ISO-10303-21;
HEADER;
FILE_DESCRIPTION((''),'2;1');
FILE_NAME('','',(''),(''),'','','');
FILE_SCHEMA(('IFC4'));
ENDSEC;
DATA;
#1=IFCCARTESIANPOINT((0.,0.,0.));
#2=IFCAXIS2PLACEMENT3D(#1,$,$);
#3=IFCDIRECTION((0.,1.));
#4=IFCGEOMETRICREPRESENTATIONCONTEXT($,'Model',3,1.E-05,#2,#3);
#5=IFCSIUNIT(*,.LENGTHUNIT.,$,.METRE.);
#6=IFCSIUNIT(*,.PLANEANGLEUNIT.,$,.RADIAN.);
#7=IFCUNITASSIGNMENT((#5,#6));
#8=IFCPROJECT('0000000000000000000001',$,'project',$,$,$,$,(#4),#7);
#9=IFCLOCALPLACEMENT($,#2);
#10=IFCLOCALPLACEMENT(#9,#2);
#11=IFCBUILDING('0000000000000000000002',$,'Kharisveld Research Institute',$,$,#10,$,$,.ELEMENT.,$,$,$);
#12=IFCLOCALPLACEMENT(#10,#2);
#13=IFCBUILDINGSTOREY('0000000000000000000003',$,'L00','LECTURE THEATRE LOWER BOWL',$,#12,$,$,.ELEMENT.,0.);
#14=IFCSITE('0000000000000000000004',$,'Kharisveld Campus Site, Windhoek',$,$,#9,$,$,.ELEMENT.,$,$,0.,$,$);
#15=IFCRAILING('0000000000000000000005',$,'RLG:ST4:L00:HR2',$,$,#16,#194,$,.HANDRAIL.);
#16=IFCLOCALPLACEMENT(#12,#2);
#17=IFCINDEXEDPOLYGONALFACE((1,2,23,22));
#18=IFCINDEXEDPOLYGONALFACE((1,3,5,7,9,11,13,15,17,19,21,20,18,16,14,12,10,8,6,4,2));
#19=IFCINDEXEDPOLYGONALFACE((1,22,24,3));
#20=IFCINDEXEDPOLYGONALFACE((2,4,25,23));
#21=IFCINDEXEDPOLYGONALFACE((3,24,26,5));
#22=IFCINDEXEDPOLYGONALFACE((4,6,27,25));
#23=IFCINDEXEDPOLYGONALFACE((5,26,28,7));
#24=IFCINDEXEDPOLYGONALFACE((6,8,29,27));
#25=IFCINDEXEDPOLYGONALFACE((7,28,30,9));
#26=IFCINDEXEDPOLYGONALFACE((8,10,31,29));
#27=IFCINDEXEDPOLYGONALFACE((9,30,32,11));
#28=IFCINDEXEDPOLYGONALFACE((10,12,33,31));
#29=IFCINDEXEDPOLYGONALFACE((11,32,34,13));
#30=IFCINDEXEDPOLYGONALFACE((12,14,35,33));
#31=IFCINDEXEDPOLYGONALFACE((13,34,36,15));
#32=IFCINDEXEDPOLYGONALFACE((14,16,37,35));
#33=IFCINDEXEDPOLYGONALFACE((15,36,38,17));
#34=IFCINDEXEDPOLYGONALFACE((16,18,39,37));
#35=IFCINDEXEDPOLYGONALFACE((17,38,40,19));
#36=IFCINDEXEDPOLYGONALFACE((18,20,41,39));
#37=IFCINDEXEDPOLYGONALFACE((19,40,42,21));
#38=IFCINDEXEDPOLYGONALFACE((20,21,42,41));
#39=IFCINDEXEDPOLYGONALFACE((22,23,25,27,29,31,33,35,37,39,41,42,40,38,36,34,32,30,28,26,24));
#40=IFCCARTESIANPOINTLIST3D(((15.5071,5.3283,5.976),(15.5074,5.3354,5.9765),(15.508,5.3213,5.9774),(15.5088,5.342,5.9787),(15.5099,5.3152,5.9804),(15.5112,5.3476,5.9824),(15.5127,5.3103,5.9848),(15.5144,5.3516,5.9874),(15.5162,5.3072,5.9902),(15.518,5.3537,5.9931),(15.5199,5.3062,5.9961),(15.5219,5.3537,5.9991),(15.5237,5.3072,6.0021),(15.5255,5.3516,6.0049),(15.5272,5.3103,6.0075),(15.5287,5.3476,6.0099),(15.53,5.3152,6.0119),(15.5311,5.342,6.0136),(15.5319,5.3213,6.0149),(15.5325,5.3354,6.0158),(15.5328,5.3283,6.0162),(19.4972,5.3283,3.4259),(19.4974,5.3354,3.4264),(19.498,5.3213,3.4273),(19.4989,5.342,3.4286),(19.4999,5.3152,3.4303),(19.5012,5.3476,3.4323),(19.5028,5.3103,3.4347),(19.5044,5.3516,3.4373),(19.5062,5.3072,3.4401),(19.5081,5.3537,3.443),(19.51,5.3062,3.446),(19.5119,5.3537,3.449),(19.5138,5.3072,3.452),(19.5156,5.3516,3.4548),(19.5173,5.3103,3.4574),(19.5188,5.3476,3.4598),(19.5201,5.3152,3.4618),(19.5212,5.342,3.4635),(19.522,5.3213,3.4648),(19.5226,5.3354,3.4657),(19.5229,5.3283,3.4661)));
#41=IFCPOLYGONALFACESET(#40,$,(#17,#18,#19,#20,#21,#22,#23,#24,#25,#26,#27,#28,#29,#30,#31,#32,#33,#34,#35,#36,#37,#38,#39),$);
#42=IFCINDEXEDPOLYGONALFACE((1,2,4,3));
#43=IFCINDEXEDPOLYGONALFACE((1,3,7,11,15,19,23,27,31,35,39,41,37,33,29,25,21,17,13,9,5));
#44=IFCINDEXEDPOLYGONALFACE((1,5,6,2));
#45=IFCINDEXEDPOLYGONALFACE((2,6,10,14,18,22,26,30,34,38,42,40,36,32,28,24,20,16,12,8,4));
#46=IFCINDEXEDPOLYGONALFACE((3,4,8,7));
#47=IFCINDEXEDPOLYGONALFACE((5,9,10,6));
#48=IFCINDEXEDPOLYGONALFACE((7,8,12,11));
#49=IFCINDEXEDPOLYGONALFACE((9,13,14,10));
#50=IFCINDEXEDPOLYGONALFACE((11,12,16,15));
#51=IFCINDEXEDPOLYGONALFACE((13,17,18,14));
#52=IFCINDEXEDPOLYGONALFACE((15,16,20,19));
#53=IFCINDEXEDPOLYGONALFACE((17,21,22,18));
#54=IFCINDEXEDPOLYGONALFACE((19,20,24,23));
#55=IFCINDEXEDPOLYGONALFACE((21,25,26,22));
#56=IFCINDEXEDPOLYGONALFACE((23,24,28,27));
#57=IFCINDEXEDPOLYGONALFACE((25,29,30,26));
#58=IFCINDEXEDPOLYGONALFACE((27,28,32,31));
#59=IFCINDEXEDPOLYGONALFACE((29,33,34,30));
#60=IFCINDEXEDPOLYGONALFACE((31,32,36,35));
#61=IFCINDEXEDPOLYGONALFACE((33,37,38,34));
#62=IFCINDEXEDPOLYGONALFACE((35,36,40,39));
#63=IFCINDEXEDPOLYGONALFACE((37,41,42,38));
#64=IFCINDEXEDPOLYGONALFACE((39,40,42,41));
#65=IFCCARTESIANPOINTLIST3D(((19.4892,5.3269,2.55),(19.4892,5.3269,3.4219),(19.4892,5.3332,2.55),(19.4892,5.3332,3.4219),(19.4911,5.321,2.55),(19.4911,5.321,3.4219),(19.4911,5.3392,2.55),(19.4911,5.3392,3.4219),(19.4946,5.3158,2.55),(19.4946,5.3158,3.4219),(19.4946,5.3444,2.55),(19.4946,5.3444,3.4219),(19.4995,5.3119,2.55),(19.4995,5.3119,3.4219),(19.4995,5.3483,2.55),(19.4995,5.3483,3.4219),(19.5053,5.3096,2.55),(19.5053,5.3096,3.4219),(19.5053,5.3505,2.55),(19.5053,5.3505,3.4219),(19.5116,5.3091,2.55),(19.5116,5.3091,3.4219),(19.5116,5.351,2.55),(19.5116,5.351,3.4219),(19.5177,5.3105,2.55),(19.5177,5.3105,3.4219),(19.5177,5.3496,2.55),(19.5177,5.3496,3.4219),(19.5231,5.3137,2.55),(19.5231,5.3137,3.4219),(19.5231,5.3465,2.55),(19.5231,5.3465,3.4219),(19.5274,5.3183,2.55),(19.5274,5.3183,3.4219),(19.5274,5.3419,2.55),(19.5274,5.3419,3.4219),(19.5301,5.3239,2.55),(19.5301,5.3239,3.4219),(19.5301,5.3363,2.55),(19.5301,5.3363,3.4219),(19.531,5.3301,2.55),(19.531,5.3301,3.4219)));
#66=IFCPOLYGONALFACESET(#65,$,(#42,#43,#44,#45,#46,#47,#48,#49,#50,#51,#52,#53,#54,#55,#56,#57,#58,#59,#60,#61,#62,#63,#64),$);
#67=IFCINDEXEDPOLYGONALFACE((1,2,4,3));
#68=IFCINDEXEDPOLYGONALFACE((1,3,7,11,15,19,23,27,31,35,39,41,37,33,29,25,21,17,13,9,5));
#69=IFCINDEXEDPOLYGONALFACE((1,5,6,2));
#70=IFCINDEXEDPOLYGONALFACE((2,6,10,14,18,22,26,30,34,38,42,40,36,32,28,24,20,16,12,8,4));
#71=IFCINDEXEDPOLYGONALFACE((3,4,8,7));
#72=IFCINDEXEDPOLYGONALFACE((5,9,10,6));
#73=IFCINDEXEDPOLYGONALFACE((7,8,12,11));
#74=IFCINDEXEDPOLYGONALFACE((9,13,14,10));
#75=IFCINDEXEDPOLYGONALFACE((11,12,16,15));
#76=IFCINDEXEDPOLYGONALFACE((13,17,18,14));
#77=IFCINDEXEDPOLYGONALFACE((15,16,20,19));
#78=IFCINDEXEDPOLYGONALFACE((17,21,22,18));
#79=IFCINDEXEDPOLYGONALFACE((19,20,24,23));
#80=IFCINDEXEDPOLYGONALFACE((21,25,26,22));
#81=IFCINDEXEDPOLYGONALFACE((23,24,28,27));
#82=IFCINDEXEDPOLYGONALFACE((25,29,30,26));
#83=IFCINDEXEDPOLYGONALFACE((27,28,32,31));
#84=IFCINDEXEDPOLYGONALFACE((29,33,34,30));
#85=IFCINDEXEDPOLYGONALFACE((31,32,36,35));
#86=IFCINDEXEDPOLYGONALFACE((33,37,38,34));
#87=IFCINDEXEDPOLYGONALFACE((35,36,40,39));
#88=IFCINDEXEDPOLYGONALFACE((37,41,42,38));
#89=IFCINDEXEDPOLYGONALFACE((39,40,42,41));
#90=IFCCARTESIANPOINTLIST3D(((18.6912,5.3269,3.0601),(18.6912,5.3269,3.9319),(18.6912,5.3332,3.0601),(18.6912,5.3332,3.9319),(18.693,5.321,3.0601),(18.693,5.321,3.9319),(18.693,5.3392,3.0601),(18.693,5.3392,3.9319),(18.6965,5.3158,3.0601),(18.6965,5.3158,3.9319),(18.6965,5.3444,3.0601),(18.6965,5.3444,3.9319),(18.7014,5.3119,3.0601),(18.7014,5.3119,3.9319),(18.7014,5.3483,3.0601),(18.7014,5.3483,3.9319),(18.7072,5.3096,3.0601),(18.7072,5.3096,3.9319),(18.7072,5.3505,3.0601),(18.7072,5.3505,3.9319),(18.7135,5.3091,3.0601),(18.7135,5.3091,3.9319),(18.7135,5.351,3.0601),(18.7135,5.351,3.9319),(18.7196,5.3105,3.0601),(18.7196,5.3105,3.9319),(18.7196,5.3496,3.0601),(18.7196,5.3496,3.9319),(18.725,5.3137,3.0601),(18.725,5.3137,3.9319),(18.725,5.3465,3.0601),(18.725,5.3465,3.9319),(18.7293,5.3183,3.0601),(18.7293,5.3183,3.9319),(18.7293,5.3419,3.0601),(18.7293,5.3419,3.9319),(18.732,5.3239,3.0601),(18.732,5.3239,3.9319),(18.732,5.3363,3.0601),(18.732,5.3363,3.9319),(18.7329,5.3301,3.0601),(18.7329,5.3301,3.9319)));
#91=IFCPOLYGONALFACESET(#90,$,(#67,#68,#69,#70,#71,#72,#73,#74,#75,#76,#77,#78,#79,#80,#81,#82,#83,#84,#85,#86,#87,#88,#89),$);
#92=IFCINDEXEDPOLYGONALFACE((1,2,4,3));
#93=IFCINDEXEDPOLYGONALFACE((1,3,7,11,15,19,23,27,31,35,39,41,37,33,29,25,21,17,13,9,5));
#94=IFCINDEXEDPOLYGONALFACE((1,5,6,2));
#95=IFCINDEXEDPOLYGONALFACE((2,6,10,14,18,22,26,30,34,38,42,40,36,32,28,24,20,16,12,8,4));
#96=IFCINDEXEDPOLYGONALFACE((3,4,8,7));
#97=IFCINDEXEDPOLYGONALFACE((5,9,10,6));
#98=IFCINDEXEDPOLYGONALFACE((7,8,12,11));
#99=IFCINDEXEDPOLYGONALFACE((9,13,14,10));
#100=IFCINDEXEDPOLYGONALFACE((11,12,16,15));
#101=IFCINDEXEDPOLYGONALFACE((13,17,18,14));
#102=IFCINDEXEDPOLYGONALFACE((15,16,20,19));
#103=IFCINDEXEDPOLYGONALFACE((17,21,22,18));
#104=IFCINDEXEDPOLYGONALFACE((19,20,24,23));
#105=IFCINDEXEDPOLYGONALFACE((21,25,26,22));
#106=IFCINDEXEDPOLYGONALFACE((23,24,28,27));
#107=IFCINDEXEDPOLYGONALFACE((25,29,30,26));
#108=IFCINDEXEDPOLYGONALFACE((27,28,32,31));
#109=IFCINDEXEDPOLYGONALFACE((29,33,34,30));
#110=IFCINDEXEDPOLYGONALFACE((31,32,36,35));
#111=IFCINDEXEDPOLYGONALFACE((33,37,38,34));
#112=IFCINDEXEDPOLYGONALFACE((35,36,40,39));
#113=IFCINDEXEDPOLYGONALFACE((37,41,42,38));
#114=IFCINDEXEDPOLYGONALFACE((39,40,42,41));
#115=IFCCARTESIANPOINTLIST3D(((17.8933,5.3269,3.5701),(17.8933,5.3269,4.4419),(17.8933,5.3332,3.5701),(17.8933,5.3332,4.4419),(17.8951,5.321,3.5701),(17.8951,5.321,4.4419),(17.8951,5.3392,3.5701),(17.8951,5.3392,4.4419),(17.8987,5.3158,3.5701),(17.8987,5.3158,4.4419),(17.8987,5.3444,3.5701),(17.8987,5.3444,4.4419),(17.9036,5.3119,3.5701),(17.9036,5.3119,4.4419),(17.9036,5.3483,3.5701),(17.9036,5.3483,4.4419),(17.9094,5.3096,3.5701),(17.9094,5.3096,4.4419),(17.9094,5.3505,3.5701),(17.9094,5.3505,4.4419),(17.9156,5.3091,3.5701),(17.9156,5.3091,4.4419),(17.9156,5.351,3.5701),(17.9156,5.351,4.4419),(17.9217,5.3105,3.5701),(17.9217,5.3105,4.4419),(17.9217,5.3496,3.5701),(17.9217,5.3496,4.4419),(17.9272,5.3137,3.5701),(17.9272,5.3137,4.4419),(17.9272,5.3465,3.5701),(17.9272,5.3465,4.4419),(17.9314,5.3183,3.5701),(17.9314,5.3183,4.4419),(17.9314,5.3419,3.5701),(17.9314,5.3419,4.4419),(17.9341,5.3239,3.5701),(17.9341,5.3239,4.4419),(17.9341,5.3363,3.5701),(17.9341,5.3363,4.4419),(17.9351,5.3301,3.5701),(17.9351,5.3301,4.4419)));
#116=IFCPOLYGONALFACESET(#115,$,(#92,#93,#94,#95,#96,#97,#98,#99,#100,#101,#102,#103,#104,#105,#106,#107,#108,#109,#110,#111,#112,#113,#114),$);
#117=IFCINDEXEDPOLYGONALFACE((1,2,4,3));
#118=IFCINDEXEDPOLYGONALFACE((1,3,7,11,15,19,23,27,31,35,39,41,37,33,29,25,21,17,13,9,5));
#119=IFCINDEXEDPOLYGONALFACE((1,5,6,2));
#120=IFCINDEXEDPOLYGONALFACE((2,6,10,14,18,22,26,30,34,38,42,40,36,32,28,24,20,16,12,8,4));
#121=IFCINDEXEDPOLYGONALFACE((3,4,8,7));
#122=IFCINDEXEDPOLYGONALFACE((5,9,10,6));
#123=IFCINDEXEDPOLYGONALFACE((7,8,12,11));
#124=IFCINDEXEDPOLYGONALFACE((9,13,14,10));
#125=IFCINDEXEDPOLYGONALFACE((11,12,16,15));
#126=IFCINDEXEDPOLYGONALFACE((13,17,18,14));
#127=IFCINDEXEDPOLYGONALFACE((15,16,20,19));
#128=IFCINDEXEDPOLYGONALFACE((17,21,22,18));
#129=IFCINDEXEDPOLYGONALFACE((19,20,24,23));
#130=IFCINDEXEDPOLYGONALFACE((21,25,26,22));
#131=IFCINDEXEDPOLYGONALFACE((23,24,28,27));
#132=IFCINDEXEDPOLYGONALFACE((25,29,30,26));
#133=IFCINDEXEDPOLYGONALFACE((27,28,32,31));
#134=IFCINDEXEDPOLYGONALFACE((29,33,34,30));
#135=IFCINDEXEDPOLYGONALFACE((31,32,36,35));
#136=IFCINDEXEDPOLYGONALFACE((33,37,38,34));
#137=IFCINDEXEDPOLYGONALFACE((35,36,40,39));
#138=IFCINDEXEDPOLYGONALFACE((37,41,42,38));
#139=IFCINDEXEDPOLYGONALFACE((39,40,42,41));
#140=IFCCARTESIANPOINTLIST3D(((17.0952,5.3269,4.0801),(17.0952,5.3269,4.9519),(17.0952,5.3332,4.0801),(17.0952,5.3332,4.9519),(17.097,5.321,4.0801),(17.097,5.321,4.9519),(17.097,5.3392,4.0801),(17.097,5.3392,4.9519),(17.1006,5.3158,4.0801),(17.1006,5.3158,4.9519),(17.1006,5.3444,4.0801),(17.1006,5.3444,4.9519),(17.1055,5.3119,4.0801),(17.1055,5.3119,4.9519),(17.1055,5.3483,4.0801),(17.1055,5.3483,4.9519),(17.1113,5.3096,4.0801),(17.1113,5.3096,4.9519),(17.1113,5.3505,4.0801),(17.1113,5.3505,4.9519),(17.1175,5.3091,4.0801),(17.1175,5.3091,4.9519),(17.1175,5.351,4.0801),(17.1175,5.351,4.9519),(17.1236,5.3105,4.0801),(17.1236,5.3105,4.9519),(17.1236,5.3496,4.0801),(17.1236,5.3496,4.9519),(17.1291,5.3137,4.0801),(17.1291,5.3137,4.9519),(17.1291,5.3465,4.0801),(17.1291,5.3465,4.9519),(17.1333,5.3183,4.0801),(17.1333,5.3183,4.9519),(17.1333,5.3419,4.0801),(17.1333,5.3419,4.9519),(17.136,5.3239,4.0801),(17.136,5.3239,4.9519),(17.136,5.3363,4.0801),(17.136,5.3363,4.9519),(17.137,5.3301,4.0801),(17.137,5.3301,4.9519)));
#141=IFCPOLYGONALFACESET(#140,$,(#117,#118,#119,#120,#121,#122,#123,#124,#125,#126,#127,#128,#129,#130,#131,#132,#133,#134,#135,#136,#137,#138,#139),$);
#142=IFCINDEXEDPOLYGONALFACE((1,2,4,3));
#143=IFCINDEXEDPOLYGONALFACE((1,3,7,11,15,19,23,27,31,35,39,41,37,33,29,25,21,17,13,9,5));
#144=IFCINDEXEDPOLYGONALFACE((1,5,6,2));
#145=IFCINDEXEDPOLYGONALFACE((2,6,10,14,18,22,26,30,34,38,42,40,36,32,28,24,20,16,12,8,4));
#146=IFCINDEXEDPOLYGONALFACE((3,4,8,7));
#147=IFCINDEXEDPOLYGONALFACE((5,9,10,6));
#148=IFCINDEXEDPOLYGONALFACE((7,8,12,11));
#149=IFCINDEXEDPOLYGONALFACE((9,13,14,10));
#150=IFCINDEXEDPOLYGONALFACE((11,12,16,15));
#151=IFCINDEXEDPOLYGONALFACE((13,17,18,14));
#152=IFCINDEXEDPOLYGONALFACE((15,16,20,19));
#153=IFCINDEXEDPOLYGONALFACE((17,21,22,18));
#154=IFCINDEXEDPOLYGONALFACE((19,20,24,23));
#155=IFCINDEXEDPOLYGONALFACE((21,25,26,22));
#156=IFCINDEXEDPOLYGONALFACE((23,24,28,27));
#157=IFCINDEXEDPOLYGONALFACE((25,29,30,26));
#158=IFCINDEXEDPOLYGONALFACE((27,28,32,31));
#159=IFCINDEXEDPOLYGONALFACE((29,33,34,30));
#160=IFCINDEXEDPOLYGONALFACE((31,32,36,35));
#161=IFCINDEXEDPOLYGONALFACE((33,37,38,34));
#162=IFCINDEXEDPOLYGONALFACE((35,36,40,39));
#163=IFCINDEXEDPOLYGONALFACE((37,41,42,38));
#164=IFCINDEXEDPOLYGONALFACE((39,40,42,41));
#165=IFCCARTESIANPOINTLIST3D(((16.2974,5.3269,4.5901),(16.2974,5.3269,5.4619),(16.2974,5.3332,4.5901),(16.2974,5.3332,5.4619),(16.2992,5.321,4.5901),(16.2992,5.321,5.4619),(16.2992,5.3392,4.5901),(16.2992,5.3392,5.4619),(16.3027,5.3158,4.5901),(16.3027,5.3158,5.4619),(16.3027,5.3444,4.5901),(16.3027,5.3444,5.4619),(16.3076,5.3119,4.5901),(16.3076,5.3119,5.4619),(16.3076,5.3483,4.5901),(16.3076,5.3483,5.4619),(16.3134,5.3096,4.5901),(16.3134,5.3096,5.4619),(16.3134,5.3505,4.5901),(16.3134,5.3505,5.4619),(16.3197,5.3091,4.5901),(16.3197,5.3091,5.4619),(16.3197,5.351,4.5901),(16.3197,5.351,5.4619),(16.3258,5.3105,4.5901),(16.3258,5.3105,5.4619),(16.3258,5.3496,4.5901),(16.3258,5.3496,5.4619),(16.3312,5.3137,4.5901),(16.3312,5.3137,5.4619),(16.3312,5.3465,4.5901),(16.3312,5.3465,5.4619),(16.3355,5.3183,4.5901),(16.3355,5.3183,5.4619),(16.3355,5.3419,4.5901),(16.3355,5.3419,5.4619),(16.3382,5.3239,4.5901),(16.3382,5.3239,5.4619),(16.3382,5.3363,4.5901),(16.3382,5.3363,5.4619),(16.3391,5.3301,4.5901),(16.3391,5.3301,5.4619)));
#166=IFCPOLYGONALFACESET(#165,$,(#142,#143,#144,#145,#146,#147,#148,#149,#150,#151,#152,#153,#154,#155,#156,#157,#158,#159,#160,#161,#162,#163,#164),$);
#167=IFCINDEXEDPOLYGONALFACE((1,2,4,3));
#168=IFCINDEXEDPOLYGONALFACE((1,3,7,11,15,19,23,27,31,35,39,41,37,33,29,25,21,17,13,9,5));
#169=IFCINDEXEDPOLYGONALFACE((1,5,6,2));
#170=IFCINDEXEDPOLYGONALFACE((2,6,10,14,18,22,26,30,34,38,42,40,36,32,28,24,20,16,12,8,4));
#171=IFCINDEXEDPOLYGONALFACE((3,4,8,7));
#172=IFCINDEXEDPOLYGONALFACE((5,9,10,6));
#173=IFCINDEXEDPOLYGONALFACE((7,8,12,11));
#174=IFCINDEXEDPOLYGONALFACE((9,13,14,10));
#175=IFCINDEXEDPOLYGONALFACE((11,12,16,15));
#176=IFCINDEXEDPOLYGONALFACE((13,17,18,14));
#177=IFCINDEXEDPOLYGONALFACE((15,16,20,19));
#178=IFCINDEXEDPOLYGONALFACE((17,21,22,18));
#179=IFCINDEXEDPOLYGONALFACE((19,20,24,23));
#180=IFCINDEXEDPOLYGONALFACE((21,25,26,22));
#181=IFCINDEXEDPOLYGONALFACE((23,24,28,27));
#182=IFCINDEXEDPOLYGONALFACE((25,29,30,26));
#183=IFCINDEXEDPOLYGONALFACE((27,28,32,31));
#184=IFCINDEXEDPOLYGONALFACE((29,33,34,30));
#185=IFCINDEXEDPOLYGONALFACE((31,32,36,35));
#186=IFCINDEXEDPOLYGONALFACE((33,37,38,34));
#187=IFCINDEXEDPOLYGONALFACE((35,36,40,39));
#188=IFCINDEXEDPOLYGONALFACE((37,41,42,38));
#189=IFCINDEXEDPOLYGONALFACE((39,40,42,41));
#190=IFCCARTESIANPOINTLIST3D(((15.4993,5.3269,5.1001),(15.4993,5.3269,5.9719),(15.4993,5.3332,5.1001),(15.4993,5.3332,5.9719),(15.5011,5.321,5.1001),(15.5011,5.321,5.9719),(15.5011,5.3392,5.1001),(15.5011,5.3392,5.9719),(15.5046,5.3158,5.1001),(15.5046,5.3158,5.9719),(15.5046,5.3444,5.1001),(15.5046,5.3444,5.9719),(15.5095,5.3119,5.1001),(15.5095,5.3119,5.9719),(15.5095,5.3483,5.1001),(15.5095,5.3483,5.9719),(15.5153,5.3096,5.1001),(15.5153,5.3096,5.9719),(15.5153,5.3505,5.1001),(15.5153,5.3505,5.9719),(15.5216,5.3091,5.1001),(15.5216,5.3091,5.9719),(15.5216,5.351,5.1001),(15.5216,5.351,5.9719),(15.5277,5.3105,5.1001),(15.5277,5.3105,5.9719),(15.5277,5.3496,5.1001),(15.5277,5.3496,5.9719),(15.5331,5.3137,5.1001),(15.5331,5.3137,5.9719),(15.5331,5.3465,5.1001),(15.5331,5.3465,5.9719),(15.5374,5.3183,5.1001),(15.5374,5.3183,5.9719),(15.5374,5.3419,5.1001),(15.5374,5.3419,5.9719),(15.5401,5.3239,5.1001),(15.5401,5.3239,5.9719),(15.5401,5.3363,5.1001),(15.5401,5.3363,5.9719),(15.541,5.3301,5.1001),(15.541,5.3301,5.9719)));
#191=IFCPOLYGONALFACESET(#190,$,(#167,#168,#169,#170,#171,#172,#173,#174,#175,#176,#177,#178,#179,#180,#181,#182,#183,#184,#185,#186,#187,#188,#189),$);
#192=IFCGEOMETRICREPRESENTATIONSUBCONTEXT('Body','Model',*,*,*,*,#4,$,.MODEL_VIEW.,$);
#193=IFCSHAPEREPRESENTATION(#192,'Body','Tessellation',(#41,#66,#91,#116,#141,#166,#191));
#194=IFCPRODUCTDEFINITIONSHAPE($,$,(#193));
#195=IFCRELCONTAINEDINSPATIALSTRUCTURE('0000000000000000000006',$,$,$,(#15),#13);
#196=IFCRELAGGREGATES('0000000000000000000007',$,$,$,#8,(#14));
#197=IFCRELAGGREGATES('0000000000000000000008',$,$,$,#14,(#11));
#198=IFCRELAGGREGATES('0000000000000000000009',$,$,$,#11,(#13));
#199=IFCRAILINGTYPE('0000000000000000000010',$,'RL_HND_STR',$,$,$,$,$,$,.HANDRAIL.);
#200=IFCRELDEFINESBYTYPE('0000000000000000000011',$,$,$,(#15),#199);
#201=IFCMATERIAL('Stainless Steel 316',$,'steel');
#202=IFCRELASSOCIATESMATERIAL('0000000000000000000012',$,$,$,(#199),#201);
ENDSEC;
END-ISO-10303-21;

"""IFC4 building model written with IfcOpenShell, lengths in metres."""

from ifc_helpers import new_model, si_unit, direction, frame, origin, origin_2d, place, context, subcontext, project, spatial, circle, extrude, material, type_object, element, save


model = new_model("IFC4")

# Units and contexts
model_context = context("Model", 3, precision=1e-05, world=origin(), true_north=direction((0.0, 1.0)))
body_context = subcontext(model_context, "Body", "Model", "MODEL_VIEW")
ifc_project = project(units=[si_unit("LENGTHUNIT", "METRE"), si_unit("PLANEANGLEUNIT", "RADIAN")], contexts=[model_context])

# Site, building, storey
site_placement = place(None, origin())
site = spatial("IfcSite", under=ifc_project, at=site_placement, Name="Kharisveld Campus Site, Windhoek", CompositionType="ELEMENT", RefElevation=0.0)
building_placement = place(site_placement, origin())
building = spatial("IfcBuilding", under=site, at=building_placement, Name="Kharisveld Research Institute", CompositionType="ELEMENT")
storey_placement = place(building_placement, origin())
storey = spatial("IfcBuildingStorey", under=building, at=storey_placement, Name="L00", Description="LECTURE THEATRE LOWER BOWL", CompositionType="ELEMENT", Elevation=0.0)

# Railing
ifc_material_1 = material(Name="Stainless Steel 316", Category="steel")
railing_type_1 = type_object("IfcRailingType", Name="RL_HND_STR", PredefinedType="HANDRAIL", material=ifc_material_1)
railing_1_placement = place(storey_placement, frame((19.51, 5.3301, 2.55)))
element("IfcRailing", 1, at=railing_1_placement, inside=storey, type_object=railing_type_1, Name="RLG:ST4:L00:HR2", PredefinedType="HANDRAIL", context=body_context, shape_type="SweptSolid", body=[
    extrude(circle(Radius=0.0239, at=origin_2d()), frame((0.0, 0.0, 0.896), z_axis=(-0.842611, 0.0, 0.538523), x_axis=(0.0, -1.0, 0.0)), (0.0, 0.0, 1.0), 4.7354),
    extrude(circle(Radius=0.021, at=origin_2d()), origin(), (0.0, 0.0, 1.0), 0.8718),
    extrude(circle(Radius=0.021, at=origin_2d()), frame((-0.7981, 0.0, 0.51)), (0.0, 0.0, 1.0), 0.8718),
    extrude(circle(Radius=0.021, at=origin_2d()), frame((-1.5959, 0.0, 1.02)), (0.0, 0.0, 1.0), 0.8718),
    extrude(circle(Radius=0.021, at=origin_2d()), frame((-2.394, 0.0, 1.53)), (0.0, 0.0, 1.0), 0.8718),
    extrude(circle(Radius=0.021, at=origin_2d()), frame((-3.1919, 0.0, 2.04)), (0.0, 0.0, 1.0), 0.8718),
    extrude(circle(Radius=0.021, at=origin_2d()), frame((-3.99, 0.0, 2.55)), (0.0, 0.0, 1.0), 0.8718),
])

save(model, "model.ifc")
